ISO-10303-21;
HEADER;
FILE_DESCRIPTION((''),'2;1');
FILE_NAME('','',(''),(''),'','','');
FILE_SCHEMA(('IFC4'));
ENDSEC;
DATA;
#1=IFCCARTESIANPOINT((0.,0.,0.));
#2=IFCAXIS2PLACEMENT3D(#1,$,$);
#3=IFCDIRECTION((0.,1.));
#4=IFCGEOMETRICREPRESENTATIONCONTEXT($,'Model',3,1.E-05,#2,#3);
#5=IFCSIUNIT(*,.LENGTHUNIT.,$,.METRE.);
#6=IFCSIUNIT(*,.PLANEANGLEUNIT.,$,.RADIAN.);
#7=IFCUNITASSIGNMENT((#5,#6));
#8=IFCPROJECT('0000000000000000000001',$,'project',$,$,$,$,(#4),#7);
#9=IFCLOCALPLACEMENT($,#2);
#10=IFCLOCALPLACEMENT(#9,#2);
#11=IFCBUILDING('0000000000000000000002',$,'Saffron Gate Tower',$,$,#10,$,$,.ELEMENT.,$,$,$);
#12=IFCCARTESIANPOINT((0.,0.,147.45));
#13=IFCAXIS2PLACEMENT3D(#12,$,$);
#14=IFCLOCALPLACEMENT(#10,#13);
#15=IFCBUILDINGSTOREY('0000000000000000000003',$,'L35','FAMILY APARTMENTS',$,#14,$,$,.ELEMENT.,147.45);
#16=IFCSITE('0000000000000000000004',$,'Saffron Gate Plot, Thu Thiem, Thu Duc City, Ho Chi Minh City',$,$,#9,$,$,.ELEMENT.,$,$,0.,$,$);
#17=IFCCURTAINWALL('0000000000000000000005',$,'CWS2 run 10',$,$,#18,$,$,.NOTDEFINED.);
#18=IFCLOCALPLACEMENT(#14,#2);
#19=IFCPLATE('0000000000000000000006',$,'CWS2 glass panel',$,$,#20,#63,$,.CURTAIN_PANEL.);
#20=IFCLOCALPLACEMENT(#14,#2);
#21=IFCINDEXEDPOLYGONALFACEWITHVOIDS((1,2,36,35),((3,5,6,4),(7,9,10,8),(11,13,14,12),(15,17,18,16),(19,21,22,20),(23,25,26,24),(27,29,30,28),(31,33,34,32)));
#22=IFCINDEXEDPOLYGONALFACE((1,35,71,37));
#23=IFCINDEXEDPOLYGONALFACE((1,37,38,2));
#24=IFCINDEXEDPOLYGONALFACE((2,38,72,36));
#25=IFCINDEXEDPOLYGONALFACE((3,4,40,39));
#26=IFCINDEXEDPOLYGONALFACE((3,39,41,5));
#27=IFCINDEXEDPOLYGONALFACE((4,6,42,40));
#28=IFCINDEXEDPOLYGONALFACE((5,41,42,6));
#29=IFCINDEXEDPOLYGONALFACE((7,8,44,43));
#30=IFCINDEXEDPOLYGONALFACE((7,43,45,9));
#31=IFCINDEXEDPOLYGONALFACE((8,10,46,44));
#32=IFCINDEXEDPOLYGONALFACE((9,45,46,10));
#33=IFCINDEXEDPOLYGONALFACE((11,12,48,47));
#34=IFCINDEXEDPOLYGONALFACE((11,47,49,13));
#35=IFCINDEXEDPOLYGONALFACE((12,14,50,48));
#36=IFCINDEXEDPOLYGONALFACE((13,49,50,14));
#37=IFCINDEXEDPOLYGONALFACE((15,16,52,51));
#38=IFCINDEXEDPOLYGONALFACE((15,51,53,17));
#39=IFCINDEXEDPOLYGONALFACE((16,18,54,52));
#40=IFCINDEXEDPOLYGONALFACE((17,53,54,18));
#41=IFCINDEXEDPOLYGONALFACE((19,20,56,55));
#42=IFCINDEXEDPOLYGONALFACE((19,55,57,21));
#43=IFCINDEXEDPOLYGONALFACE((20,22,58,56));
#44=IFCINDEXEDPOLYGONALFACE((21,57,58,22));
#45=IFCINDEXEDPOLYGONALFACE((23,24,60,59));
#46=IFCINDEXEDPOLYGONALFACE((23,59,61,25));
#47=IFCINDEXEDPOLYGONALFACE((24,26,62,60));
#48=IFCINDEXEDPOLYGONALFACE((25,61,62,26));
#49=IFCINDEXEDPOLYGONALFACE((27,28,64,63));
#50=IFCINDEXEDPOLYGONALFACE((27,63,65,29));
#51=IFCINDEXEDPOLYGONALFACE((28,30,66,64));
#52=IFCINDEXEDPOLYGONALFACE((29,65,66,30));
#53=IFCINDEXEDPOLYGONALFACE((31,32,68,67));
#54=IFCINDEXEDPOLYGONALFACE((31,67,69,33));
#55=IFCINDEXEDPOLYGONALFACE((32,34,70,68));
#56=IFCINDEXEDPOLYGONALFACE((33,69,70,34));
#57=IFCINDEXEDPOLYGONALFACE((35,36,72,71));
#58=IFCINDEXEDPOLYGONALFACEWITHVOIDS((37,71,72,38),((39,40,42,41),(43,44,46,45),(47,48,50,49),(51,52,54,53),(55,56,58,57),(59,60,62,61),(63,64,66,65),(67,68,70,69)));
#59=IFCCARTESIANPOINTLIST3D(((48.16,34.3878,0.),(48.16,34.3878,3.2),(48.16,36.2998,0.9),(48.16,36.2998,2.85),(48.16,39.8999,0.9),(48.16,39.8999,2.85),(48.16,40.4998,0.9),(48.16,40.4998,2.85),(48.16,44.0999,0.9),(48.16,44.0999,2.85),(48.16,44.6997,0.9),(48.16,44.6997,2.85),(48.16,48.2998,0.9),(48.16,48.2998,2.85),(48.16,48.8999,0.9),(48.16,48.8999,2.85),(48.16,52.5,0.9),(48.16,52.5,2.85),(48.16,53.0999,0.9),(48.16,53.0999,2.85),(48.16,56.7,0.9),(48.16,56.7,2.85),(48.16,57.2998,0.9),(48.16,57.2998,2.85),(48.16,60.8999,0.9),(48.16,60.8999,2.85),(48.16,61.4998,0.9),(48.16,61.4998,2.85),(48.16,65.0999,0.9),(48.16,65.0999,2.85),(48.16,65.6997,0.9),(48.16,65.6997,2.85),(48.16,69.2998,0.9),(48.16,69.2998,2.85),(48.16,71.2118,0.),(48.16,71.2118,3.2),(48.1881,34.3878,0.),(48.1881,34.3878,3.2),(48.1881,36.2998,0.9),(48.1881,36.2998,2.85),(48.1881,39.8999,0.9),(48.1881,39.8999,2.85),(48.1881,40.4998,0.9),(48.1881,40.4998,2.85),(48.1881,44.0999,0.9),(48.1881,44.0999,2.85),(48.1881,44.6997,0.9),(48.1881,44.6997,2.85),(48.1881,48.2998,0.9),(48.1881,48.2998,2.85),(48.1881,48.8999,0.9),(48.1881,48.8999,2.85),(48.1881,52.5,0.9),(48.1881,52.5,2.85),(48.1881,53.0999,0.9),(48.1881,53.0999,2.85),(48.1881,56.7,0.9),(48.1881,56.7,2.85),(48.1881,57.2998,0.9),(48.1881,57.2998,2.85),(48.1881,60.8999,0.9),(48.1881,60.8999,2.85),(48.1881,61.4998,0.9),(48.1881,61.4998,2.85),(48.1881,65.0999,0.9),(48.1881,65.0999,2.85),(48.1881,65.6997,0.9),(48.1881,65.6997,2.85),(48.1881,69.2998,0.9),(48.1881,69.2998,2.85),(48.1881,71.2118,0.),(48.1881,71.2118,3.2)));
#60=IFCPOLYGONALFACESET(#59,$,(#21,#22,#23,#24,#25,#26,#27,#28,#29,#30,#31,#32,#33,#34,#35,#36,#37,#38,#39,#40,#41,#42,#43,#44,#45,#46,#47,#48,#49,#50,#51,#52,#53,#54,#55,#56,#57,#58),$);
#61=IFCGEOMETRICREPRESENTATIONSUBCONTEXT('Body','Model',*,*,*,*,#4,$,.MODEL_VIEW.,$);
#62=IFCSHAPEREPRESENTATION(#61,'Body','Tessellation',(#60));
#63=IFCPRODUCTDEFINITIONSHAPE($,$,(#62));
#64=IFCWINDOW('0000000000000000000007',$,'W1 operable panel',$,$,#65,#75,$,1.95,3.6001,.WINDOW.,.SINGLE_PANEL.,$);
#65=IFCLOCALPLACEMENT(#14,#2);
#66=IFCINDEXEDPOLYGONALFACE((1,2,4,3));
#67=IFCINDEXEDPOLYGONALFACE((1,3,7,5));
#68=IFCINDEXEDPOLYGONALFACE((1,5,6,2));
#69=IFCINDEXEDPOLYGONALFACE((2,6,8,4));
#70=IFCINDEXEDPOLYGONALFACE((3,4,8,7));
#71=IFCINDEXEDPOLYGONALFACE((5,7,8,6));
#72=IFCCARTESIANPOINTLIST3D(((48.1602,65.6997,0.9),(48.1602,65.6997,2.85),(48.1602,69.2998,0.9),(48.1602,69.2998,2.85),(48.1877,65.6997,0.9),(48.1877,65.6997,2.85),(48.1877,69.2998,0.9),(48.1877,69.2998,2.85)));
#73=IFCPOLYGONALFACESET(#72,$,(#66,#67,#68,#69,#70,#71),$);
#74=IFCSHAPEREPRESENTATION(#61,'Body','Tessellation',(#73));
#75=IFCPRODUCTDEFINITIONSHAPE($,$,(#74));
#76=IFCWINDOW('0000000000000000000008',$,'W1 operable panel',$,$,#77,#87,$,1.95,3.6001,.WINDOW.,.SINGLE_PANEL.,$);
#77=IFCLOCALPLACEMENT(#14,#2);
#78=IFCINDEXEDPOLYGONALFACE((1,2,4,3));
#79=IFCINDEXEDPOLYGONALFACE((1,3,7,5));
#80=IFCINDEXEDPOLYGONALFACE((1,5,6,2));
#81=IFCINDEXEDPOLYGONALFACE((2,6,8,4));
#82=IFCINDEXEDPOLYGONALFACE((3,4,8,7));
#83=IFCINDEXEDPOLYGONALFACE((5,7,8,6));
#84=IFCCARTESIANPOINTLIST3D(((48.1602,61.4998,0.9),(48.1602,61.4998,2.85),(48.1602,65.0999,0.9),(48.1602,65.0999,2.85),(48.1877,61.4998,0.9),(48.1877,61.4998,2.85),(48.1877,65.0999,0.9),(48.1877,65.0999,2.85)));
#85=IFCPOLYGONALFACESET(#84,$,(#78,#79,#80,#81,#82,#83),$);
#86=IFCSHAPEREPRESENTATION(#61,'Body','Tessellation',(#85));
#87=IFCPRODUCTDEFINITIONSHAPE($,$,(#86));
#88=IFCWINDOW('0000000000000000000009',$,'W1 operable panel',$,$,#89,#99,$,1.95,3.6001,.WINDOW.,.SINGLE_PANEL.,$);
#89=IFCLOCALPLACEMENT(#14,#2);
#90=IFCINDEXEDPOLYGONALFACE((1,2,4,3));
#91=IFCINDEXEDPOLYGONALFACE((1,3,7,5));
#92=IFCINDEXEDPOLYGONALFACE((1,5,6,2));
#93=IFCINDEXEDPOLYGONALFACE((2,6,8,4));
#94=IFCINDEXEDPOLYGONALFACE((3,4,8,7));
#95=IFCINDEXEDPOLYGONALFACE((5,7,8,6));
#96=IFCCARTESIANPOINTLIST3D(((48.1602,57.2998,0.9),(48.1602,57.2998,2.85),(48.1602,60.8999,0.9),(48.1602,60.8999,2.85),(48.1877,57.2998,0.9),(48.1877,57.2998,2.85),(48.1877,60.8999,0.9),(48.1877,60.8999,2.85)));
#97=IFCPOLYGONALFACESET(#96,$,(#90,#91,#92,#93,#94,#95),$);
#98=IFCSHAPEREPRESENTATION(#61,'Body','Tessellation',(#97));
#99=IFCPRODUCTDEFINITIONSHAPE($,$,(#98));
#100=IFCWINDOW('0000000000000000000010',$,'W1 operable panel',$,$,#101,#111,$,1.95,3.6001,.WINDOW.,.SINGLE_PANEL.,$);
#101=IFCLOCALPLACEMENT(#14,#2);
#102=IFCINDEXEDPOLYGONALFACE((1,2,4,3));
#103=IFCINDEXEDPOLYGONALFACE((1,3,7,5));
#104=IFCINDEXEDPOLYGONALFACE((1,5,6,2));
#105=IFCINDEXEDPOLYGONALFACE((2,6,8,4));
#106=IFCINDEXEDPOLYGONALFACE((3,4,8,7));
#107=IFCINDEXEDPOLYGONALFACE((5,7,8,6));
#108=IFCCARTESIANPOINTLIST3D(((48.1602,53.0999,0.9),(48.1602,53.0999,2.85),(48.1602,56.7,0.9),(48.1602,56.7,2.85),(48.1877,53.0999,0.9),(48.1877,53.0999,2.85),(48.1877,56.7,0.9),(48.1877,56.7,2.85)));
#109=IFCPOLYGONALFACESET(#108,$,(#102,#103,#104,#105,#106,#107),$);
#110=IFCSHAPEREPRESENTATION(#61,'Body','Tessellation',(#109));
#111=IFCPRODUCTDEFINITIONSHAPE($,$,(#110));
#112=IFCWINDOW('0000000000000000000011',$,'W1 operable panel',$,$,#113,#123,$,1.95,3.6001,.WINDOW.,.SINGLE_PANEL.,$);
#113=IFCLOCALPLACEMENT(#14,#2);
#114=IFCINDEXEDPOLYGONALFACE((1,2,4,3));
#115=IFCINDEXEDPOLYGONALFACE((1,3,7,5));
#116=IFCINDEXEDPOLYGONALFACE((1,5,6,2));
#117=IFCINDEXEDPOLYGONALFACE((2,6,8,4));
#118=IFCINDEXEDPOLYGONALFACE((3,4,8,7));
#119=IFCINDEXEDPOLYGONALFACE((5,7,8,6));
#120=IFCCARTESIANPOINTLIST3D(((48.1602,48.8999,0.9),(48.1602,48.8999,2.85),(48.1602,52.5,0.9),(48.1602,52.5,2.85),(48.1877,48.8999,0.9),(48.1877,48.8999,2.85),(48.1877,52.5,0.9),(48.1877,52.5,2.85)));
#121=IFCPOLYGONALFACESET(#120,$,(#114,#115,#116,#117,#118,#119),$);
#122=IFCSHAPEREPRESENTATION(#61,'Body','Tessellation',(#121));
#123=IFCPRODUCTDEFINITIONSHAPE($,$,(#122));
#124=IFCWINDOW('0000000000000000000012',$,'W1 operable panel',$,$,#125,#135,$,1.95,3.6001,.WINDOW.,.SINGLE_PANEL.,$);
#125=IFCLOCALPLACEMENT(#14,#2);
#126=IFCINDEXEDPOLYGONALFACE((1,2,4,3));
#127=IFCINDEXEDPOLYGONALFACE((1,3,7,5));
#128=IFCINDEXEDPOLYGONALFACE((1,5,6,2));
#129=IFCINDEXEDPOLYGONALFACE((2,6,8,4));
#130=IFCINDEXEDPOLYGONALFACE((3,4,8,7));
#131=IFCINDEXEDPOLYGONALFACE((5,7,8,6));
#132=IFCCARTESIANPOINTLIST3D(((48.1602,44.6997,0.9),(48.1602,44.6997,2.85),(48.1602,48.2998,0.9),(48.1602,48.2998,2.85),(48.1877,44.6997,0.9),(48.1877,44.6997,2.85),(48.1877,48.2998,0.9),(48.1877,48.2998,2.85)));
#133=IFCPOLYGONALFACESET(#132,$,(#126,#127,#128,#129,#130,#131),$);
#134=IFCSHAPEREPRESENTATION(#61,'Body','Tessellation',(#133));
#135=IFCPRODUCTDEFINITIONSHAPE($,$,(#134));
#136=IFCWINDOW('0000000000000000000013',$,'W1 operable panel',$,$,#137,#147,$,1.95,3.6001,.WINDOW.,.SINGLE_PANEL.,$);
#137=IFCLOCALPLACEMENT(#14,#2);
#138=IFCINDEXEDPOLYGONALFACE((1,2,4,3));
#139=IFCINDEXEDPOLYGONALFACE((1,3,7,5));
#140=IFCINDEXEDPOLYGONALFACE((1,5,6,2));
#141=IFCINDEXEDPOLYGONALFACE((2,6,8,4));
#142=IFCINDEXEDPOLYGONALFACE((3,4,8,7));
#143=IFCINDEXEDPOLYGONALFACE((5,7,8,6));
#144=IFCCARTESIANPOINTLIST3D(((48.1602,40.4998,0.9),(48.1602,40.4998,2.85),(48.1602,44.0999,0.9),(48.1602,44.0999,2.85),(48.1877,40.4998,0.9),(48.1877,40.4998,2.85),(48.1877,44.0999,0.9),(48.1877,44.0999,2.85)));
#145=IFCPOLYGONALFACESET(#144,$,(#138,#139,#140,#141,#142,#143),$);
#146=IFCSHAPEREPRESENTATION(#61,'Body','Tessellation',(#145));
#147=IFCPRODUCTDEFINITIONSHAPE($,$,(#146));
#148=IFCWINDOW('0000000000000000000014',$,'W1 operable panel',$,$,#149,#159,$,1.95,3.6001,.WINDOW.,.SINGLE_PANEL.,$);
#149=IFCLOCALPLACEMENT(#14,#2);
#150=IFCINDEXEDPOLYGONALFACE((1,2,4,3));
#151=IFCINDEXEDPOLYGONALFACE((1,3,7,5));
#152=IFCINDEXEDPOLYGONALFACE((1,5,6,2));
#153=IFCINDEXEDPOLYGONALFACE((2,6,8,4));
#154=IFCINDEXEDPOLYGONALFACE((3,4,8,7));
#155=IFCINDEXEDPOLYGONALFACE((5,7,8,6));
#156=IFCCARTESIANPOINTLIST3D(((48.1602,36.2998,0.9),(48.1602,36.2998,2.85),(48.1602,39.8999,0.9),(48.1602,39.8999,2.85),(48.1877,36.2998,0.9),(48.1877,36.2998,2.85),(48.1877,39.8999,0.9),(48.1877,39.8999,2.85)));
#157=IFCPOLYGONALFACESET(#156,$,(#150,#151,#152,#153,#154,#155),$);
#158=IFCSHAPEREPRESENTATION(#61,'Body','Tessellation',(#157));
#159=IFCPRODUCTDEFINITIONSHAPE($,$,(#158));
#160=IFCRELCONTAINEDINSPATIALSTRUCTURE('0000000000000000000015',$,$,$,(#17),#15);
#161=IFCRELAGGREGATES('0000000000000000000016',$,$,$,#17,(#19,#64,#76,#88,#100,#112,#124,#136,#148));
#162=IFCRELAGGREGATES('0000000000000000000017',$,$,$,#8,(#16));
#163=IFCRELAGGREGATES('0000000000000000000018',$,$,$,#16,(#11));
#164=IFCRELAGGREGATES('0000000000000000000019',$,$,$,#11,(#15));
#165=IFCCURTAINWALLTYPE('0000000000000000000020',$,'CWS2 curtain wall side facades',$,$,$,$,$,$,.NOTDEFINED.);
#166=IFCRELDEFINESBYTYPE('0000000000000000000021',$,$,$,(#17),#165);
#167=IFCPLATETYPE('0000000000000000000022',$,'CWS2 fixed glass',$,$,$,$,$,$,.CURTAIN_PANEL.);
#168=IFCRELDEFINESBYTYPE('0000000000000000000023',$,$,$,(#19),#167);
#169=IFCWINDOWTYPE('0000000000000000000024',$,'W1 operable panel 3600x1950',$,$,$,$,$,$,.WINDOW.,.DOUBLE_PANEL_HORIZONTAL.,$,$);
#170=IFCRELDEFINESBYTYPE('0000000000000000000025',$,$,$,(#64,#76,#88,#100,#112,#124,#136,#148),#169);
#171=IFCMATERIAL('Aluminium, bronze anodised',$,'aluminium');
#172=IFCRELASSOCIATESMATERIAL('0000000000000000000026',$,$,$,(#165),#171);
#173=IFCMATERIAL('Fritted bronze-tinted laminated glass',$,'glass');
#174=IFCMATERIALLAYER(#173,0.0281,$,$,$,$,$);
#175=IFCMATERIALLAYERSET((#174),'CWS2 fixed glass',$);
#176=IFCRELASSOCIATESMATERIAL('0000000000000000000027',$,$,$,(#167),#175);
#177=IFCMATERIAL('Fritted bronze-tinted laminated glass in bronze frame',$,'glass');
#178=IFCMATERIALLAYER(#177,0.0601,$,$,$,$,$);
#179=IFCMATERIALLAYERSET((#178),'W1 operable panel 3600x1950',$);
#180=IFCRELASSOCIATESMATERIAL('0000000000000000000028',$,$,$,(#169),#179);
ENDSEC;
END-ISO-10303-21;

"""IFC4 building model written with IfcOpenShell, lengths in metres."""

from ifc_helpers import new_model, si_unit, direction, frame, frame_2d, origin, place, context, subcontext, project, spatial, rectangle, extrude, material, layer, layer_set, type_object, element, fill, aggregate, save


model = new_model("IFC4")

# Units and contexts
model_context = context("Model", 3, precision=1e-05, world=origin(), true_north=direction((0.0, 1.0)))
body_context = subcontext(model_context, "Body", "Model", "MODEL_VIEW")
ifc_project = project(units=[si_unit("LENGTHUNIT", "METRE"), si_unit("PLANEANGLEUNIT", "RADIAN")], contexts=[model_context])

# Site, building, storey
site_placement = place(None, origin())
site = spatial("IfcSite", under=ifc_project, at=site_placement, Name="Saffron Gate Plot, Thu Thiem, Thu Duc City, Ho Chi Minh City", CompositionType="ELEMENT", RefElevation=0.0)
building_placement = place(site_placement, origin())
building = spatial("IfcBuilding", under=site, at=building_placement, Name="Saffron Gate Tower", CompositionType="ELEMENT")
storey_placement = place(building_placement, frame((0.0, 0.0, 147.45)))
storey = spatial("IfcBuildingStorey", under=building, at=storey_placement, Name="L35", Description="FAMILY APARTMENTS", CompositionType="ELEMENT", Elevation=147.45)

# Curtain wall
ifc_material_1 = material(Name="Aluminium, bronze anodised", Category="aluminium")
curtain_wall_type_1 = type_object("IfcCurtainWallType", Name="CWS2 curtain wall side facades", PredefinedType="NOTDEFINED", material=ifc_material_1)
curtain_wall_1_placement = place(storey_placement, origin())
curtain_wall_1 = element("IfcCurtainWall", 1, at=curtain_wall_1_placement, inside=storey, type_object=curtain_wall_type_1, Name="CWS2 run 10", PredefinedType="NOTDEFINED")

# Plate, openings, windows
ifc_material_2 = material(Name="Fritted bronze-tinted laminated glass", Category="glass")
ifc_layer_1 = layer(ifc_material_2, 0.0281)
ifc_layer_set_1 = layer_set([ifc_layer_1], Name="CWS2 fixed glass")
plate_type_1 = type_object("IfcPlateType", Name="CWS2 fixed glass", PredefinedType="CURTAIN_PANEL", material=ifc_layer_set_1)
plate_1_placement = place(storey_placement, frame((48.1741, 71.2119, 0.0), z_axis=(0.0, 0.0, 1.0), x_axis=(0.0, -1.0, 0.0)))
plate_1 = element("IfcPlate", 2, at=plate_1_placement, type_object=plate_type_1, Name="CWS2 glass panel", PredefinedType="CURTAIN_PANEL", context=body_context, shape_type="SweptSolid", body=[
    extrude(rectangle(XDim=36.824, YDim=0.0281, at=frame_2d((18.4121, 0.0))), origin(), (0.0, 0.0, 1.0), 3.2),
])
opening_1_placement = place(plate_1_placement, frame((1.9121, 0.0, 0.8999)))
opening_1 = element("IfcOpeningElement", 3, at=opening_1_placement, cuts=plate_1, PredefinedType="OPENING", context=body_context, shape_type="SweptSolid", body=[
    extrude(rectangle(XDim=3.6001, YDim=1.95, at=frame_2d((1.8, 0.9751))), frame((0.0, 0.0239, 0.0), z_axis=(0.0, -1.0, 0.0), x_axis=(1.0, 0.0, 0.0)), (0.0, 0.0, 1.0), 0.0481),
])
opening_2_placement = place(plate_1_placement, frame((6.1121, 0.0, 0.8999)))
opening_2 = element("IfcOpeningElement", 4, at=opening_2_placement, cuts=plate_1, PredefinedType="OPENING", context=body_context, shape_type="SweptSolid", body=[
    extrude(rectangle(XDim=3.6001, YDim=1.95, at=frame_2d((1.8, 0.9751))), frame((0.0, 0.0239, 0.0), z_axis=(0.0, -1.0, 0.0), x_axis=(1.0, 0.0, 0.0)), (0.0, 0.0, 1.0), 0.0481),
])
opening_3_placement = place(plate_1_placement, frame((10.312, 0.0, 0.8999)))
opening_3 = element("IfcOpeningElement", 5, at=opening_3_placement, cuts=plate_1, PredefinedType="OPENING", context=body_context, shape_type="SweptSolid", body=[
    extrude(rectangle(XDim=3.6001, YDim=1.95, at=frame_2d((1.8, 0.9751))), frame((0.0, 0.0239, 0.0), z_axis=(0.0, -1.0, 0.0), x_axis=(1.0, 0.0, 0.0)), (0.0, 0.0, 1.0), 0.0481),
])
opening_4_placement = place(plate_1_placement, frame((14.512, 0.0, 0.8999)))
opening_4 = element("IfcOpeningElement", 6, at=opening_4_placement, cuts=plate_1, PredefinedType="OPENING", context=body_context, shape_type="SweptSolid", body=[
    extrude(rectangle(XDim=3.6001, YDim=1.95, at=frame_2d((1.8, 0.9751))), frame((0.0, 0.0239, 0.0), z_axis=(0.0, -1.0, 0.0), x_axis=(1.0, 0.0, 0.0)), (0.0, 0.0, 1.0), 0.0481),
])
opening_5_placement = place(plate_1_placement, frame((18.7119, 0.0, 0.8999)))
opening_5 = element("IfcOpeningElement", 7, at=opening_5_placement, cuts=plate_1, PredefinedType="OPENING", context=body_context, shape_type="SweptSolid", body=[
    extrude(rectangle(XDim=3.6001, YDim=1.95, at=frame_2d((1.8, 0.9751))), frame((0.0, 0.0239, 0.0), z_axis=(0.0, -1.0, 0.0), x_axis=(1.0, 0.0, 0.0)), (0.0, 0.0, 1.0), 0.0481),
])
opening_6_placement = place(plate_1_placement, frame((22.9121, 0.0, 0.8999)))
opening_6 = element("IfcOpeningElement", 8, at=opening_6_placement, cuts=plate_1, PredefinedType="OPENING", context=body_context, shape_type="SweptSolid", body=[
    extrude(rectangle(XDim=3.6001, YDim=1.95, at=frame_2d((1.8, 0.9751))), frame((0.0, 0.0239, 0.0), z_axis=(0.0, -1.0, 0.0), x_axis=(1.0, 0.0, 0.0)), (0.0, 0.0, 1.0), 0.0481),
])
opening_7_placement = place(plate_1_placement, frame((27.1121, 0.0, 0.8999)))
opening_7 = element("IfcOpeningElement", 9, at=opening_7_placement, cuts=plate_1, PredefinedType="OPENING", context=body_context, shape_type="SweptSolid", body=[
    extrude(rectangle(XDim=3.6001, YDim=1.95, at=frame_2d((1.8, 0.9751))), frame((0.0, 0.0239, 0.0), z_axis=(0.0, -1.0, 0.0), x_axis=(1.0, 0.0, 0.0)), (0.0, 0.0, 1.0), 0.0481),
])
opening_8_placement = place(plate_1_placement, frame((31.312, 0.0, 0.8999)))
opening_8 = element("IfcOpeningElement", 10, at=opening_8_placement, cuts=plate_1, PredefinedType="OPENING", context=body_context, shape_type="SweptSolid", body=[
    extrude(rectangle(XDim=3.6001, YDim=1.95, at=frame_2d((1.8, 0.9751))), frame((0.0, 0.0239, 0.0), z_axis=(0.0, -1.0, 0.0), x_axis=(1.0, 0.0, 0.0)), (0.0, 0.0, 1.0), 0.0481),
])
ifc_material_3 = material(Name="Fritted bronze-tinted laminated glass in bronze frame", Category="glass")
ifc_layer_2 = layer(ifc_material_3, 0.0601)
ifc_layer_set_2 = layer_set([ifc_layer_2], Name="W1 operable panel 3600x1950")
window_type = type_object("IfcWindowType", Name="W1 operable panel 3600x1950", PartitioningType="DOUBLE_PANEL_HORIZONTAL", PredefinedType="WINDOW", material=ifc_layer_set_2)
window_1_placement = place(opening_1_placement, origin())
window_1 = element("IfcWindow", 11, at=window_1_placement, type_object=window_type, Name="W1 operable panel", OverallHeight=1.95, OverallWidth=3.6001, PartitioningType="SINGLE_PANEL", PredefinedType="WINDOW", context=body_context, shape_type="SweptSolid", body=[
    extrude(rectangle(XDim=3.6001, YDim=1.95, at=frame_2d((1.8, 0.9751))), frame((0.0, 0.0137, 0.0), z_axis=(0.0, -1.0, 0.0), x_axis=(1.0, 0.0, 0.0)), (0.0, 0.0, 1.0), 0.0276),
])
fill(opening_1, window_1)
window_2_placement = place(opening_2_placement, origin())
window_2 = element("IfcWindow", 12, at=window_2_placement, type_object=window_type, Name="W1 operable panel", OverallHeight=1.95, OverallWidth=3.6001, PartitioningType="SINGLE_PANEL", PredefinedType="WINDOW", context=body_context, shape_type="SweptSolid", body=[
    extrude(rectangle(XDim=3.6001, YDim=1.95, at=frame_2d((1.8, 0.9751))), frame((0.0, 0.0137, 0.0), z_axis=(0.0, -1.0, 0.0), x_axis=(1.0, 0.0, 0.0)), (0.0, 0.0, 1.0), 0.0276),
])
fill(opening_2, window_2)
window_3_placement = place(opening_3_placement, origin())
window_3 = element("IfcWindow", 13, at=window_3_placement, type_object=window_type, Name="W1 operable panel", OverallHeight=1.95, OverallWidth=3.6001, PartitioningType="SINGLE_PANEL", PredefinedType="WINDOW", context=body_context, shape_type="SweptSolid", body=[
    extrude(rectangle(XDim=3.6001, YDim=1.95, at=frame_2d((1.8, 0.9751))), frame((0.0, 0.0137, 0.0), z_axis=(0.0, -1.0, 0.0), x_axis=(1.0, 0.0, 0.0)), (0.0, 0.0, 1.0), 0.0276),
])
fill(opening_3, window_3)
window_4_placement = place(opening_4_placement, origin())
window_4 = element("IfcWindow", 14, at=window_4_placement, type_object=window_type, Name="W1 operable panel", OverallHeight=1.95, OverallWidth=3.6001, PartitioningType="SINGLE_PANEL", PredefinedType="WINDOW", context=body_context, shape_type="SweptSolid", body=[
    extrude(rectangle(XDim=3.6001, YDim=1.95, at=frame_2d((1.8, 0.9751))), frame((0.0, 0.0137, 0.0), z_axis=(0.0, -1.0, 0.0), x_axis=(1.0, 0.0, 0.0)), (0.0, 0.0, 1.0), 0.0276),
])
fill(opening_4, window_4)
window_5_placement = place(opening_5_placement, origin())
window_5 = element("IfcWindow", 15, at=window_5_placement, type_object=window_type, Name="W1 operable panel", OverallHeight=1.95, OverallWidth=3.6001, PartitioningType="SINGLE_PANEL", PredefinedType="WINDOW", context=body_context, shape_type="SweptSolid", body=[
    extrude(rectangle(XDim=3.6001, YDim=1.95, at=frame_2d((1.8, 0.9751))), frame((0.0, 0.0137, 0.0), z_axis=(0.0, -1.0, 0.0), x_axis=(1.0, 0.0, 0.0)), (0.0, 0.0, 1.0), 0.0276),
])
fill(opening_5, window_5)
window_6_placement = place(opening_6_placement, origin())
window_6 = element("IfcWindow", 16, at=window_6_placement, type_object=window_type, Name="W1 operable panel", OverallHeight=1.95, OverallWidth=3.6001, PartitioningType="SINGLE_PANEL", PredefinedType="WINDOW", context=body_context, shape_type="SweptSolid", body=[
    extrude(rectangle(XDim=3.6001, YDim=1.95, at=frame_2d((1.8, 0.9751))), frame((0.0, 0.0137, 0.0), z_axis=(0.0, -1.0, 0.0), x_axis=(1.0, 0.0, 0.0)), (0.0, 0.0, 1.0), 0.0276),
])
fill(opening_6, window_6)
window_7_placement = place(opening_7_placement, origin())
window_7 = element("IfcWindow", 17, at=window_7_placement, type_object=window_type, Name="W1 operable panel", OverallHeight=1.95, OverallWidth=3.6001, PartitioningType="SINGLE_PANEL", PredefinedType="WINDOW", context=body_context, shape_type="SweptSolid", body=[
    extrude(rectangle(XDim=3.6001, YDim=1.95, at=frame_2d((1.8, 0.9751))), frame((0.0, 0.0137, 0.0), z_axis=(0.0, -1.0, 0.0), x_axis=(1.0, 0.0, 0.0)), (0.0, 0.0, 1.0), 0.0276),
])
fill(opening_7, window_7)
window_8_placement = place(opening_8_placement, origin())
window_8 = element("IfcWindow", 18, at=window_8_placement, type_object=window_type, Name="W1 operable panel", OverallHeight=1.95, OverallWidth=3.6001, PartitioningType="SINGLE_PANEL", PredefinedType="WINDOW", context=body_context, shape_type="SweptSolid", body=[
    extrude(rectangle(XDim=3.6001, YDim=1.95, at=frame_2d((1.8, 0.9751))), frame((0.0, 0.0137, 0.0), z_axis=(0.0, -1.0, 0.0), x_axis=(1.0, 0.0, 0.0)), (0.0, 0.0, 1.0), 0.0276),
])
fill(opening_8, window_8)
aggregate(curtain_wall_1, [plate_1, window_1, window_2, window_3, window_4, window_5, window_6, window_7, window_8])

save(model, "model.ifc")
